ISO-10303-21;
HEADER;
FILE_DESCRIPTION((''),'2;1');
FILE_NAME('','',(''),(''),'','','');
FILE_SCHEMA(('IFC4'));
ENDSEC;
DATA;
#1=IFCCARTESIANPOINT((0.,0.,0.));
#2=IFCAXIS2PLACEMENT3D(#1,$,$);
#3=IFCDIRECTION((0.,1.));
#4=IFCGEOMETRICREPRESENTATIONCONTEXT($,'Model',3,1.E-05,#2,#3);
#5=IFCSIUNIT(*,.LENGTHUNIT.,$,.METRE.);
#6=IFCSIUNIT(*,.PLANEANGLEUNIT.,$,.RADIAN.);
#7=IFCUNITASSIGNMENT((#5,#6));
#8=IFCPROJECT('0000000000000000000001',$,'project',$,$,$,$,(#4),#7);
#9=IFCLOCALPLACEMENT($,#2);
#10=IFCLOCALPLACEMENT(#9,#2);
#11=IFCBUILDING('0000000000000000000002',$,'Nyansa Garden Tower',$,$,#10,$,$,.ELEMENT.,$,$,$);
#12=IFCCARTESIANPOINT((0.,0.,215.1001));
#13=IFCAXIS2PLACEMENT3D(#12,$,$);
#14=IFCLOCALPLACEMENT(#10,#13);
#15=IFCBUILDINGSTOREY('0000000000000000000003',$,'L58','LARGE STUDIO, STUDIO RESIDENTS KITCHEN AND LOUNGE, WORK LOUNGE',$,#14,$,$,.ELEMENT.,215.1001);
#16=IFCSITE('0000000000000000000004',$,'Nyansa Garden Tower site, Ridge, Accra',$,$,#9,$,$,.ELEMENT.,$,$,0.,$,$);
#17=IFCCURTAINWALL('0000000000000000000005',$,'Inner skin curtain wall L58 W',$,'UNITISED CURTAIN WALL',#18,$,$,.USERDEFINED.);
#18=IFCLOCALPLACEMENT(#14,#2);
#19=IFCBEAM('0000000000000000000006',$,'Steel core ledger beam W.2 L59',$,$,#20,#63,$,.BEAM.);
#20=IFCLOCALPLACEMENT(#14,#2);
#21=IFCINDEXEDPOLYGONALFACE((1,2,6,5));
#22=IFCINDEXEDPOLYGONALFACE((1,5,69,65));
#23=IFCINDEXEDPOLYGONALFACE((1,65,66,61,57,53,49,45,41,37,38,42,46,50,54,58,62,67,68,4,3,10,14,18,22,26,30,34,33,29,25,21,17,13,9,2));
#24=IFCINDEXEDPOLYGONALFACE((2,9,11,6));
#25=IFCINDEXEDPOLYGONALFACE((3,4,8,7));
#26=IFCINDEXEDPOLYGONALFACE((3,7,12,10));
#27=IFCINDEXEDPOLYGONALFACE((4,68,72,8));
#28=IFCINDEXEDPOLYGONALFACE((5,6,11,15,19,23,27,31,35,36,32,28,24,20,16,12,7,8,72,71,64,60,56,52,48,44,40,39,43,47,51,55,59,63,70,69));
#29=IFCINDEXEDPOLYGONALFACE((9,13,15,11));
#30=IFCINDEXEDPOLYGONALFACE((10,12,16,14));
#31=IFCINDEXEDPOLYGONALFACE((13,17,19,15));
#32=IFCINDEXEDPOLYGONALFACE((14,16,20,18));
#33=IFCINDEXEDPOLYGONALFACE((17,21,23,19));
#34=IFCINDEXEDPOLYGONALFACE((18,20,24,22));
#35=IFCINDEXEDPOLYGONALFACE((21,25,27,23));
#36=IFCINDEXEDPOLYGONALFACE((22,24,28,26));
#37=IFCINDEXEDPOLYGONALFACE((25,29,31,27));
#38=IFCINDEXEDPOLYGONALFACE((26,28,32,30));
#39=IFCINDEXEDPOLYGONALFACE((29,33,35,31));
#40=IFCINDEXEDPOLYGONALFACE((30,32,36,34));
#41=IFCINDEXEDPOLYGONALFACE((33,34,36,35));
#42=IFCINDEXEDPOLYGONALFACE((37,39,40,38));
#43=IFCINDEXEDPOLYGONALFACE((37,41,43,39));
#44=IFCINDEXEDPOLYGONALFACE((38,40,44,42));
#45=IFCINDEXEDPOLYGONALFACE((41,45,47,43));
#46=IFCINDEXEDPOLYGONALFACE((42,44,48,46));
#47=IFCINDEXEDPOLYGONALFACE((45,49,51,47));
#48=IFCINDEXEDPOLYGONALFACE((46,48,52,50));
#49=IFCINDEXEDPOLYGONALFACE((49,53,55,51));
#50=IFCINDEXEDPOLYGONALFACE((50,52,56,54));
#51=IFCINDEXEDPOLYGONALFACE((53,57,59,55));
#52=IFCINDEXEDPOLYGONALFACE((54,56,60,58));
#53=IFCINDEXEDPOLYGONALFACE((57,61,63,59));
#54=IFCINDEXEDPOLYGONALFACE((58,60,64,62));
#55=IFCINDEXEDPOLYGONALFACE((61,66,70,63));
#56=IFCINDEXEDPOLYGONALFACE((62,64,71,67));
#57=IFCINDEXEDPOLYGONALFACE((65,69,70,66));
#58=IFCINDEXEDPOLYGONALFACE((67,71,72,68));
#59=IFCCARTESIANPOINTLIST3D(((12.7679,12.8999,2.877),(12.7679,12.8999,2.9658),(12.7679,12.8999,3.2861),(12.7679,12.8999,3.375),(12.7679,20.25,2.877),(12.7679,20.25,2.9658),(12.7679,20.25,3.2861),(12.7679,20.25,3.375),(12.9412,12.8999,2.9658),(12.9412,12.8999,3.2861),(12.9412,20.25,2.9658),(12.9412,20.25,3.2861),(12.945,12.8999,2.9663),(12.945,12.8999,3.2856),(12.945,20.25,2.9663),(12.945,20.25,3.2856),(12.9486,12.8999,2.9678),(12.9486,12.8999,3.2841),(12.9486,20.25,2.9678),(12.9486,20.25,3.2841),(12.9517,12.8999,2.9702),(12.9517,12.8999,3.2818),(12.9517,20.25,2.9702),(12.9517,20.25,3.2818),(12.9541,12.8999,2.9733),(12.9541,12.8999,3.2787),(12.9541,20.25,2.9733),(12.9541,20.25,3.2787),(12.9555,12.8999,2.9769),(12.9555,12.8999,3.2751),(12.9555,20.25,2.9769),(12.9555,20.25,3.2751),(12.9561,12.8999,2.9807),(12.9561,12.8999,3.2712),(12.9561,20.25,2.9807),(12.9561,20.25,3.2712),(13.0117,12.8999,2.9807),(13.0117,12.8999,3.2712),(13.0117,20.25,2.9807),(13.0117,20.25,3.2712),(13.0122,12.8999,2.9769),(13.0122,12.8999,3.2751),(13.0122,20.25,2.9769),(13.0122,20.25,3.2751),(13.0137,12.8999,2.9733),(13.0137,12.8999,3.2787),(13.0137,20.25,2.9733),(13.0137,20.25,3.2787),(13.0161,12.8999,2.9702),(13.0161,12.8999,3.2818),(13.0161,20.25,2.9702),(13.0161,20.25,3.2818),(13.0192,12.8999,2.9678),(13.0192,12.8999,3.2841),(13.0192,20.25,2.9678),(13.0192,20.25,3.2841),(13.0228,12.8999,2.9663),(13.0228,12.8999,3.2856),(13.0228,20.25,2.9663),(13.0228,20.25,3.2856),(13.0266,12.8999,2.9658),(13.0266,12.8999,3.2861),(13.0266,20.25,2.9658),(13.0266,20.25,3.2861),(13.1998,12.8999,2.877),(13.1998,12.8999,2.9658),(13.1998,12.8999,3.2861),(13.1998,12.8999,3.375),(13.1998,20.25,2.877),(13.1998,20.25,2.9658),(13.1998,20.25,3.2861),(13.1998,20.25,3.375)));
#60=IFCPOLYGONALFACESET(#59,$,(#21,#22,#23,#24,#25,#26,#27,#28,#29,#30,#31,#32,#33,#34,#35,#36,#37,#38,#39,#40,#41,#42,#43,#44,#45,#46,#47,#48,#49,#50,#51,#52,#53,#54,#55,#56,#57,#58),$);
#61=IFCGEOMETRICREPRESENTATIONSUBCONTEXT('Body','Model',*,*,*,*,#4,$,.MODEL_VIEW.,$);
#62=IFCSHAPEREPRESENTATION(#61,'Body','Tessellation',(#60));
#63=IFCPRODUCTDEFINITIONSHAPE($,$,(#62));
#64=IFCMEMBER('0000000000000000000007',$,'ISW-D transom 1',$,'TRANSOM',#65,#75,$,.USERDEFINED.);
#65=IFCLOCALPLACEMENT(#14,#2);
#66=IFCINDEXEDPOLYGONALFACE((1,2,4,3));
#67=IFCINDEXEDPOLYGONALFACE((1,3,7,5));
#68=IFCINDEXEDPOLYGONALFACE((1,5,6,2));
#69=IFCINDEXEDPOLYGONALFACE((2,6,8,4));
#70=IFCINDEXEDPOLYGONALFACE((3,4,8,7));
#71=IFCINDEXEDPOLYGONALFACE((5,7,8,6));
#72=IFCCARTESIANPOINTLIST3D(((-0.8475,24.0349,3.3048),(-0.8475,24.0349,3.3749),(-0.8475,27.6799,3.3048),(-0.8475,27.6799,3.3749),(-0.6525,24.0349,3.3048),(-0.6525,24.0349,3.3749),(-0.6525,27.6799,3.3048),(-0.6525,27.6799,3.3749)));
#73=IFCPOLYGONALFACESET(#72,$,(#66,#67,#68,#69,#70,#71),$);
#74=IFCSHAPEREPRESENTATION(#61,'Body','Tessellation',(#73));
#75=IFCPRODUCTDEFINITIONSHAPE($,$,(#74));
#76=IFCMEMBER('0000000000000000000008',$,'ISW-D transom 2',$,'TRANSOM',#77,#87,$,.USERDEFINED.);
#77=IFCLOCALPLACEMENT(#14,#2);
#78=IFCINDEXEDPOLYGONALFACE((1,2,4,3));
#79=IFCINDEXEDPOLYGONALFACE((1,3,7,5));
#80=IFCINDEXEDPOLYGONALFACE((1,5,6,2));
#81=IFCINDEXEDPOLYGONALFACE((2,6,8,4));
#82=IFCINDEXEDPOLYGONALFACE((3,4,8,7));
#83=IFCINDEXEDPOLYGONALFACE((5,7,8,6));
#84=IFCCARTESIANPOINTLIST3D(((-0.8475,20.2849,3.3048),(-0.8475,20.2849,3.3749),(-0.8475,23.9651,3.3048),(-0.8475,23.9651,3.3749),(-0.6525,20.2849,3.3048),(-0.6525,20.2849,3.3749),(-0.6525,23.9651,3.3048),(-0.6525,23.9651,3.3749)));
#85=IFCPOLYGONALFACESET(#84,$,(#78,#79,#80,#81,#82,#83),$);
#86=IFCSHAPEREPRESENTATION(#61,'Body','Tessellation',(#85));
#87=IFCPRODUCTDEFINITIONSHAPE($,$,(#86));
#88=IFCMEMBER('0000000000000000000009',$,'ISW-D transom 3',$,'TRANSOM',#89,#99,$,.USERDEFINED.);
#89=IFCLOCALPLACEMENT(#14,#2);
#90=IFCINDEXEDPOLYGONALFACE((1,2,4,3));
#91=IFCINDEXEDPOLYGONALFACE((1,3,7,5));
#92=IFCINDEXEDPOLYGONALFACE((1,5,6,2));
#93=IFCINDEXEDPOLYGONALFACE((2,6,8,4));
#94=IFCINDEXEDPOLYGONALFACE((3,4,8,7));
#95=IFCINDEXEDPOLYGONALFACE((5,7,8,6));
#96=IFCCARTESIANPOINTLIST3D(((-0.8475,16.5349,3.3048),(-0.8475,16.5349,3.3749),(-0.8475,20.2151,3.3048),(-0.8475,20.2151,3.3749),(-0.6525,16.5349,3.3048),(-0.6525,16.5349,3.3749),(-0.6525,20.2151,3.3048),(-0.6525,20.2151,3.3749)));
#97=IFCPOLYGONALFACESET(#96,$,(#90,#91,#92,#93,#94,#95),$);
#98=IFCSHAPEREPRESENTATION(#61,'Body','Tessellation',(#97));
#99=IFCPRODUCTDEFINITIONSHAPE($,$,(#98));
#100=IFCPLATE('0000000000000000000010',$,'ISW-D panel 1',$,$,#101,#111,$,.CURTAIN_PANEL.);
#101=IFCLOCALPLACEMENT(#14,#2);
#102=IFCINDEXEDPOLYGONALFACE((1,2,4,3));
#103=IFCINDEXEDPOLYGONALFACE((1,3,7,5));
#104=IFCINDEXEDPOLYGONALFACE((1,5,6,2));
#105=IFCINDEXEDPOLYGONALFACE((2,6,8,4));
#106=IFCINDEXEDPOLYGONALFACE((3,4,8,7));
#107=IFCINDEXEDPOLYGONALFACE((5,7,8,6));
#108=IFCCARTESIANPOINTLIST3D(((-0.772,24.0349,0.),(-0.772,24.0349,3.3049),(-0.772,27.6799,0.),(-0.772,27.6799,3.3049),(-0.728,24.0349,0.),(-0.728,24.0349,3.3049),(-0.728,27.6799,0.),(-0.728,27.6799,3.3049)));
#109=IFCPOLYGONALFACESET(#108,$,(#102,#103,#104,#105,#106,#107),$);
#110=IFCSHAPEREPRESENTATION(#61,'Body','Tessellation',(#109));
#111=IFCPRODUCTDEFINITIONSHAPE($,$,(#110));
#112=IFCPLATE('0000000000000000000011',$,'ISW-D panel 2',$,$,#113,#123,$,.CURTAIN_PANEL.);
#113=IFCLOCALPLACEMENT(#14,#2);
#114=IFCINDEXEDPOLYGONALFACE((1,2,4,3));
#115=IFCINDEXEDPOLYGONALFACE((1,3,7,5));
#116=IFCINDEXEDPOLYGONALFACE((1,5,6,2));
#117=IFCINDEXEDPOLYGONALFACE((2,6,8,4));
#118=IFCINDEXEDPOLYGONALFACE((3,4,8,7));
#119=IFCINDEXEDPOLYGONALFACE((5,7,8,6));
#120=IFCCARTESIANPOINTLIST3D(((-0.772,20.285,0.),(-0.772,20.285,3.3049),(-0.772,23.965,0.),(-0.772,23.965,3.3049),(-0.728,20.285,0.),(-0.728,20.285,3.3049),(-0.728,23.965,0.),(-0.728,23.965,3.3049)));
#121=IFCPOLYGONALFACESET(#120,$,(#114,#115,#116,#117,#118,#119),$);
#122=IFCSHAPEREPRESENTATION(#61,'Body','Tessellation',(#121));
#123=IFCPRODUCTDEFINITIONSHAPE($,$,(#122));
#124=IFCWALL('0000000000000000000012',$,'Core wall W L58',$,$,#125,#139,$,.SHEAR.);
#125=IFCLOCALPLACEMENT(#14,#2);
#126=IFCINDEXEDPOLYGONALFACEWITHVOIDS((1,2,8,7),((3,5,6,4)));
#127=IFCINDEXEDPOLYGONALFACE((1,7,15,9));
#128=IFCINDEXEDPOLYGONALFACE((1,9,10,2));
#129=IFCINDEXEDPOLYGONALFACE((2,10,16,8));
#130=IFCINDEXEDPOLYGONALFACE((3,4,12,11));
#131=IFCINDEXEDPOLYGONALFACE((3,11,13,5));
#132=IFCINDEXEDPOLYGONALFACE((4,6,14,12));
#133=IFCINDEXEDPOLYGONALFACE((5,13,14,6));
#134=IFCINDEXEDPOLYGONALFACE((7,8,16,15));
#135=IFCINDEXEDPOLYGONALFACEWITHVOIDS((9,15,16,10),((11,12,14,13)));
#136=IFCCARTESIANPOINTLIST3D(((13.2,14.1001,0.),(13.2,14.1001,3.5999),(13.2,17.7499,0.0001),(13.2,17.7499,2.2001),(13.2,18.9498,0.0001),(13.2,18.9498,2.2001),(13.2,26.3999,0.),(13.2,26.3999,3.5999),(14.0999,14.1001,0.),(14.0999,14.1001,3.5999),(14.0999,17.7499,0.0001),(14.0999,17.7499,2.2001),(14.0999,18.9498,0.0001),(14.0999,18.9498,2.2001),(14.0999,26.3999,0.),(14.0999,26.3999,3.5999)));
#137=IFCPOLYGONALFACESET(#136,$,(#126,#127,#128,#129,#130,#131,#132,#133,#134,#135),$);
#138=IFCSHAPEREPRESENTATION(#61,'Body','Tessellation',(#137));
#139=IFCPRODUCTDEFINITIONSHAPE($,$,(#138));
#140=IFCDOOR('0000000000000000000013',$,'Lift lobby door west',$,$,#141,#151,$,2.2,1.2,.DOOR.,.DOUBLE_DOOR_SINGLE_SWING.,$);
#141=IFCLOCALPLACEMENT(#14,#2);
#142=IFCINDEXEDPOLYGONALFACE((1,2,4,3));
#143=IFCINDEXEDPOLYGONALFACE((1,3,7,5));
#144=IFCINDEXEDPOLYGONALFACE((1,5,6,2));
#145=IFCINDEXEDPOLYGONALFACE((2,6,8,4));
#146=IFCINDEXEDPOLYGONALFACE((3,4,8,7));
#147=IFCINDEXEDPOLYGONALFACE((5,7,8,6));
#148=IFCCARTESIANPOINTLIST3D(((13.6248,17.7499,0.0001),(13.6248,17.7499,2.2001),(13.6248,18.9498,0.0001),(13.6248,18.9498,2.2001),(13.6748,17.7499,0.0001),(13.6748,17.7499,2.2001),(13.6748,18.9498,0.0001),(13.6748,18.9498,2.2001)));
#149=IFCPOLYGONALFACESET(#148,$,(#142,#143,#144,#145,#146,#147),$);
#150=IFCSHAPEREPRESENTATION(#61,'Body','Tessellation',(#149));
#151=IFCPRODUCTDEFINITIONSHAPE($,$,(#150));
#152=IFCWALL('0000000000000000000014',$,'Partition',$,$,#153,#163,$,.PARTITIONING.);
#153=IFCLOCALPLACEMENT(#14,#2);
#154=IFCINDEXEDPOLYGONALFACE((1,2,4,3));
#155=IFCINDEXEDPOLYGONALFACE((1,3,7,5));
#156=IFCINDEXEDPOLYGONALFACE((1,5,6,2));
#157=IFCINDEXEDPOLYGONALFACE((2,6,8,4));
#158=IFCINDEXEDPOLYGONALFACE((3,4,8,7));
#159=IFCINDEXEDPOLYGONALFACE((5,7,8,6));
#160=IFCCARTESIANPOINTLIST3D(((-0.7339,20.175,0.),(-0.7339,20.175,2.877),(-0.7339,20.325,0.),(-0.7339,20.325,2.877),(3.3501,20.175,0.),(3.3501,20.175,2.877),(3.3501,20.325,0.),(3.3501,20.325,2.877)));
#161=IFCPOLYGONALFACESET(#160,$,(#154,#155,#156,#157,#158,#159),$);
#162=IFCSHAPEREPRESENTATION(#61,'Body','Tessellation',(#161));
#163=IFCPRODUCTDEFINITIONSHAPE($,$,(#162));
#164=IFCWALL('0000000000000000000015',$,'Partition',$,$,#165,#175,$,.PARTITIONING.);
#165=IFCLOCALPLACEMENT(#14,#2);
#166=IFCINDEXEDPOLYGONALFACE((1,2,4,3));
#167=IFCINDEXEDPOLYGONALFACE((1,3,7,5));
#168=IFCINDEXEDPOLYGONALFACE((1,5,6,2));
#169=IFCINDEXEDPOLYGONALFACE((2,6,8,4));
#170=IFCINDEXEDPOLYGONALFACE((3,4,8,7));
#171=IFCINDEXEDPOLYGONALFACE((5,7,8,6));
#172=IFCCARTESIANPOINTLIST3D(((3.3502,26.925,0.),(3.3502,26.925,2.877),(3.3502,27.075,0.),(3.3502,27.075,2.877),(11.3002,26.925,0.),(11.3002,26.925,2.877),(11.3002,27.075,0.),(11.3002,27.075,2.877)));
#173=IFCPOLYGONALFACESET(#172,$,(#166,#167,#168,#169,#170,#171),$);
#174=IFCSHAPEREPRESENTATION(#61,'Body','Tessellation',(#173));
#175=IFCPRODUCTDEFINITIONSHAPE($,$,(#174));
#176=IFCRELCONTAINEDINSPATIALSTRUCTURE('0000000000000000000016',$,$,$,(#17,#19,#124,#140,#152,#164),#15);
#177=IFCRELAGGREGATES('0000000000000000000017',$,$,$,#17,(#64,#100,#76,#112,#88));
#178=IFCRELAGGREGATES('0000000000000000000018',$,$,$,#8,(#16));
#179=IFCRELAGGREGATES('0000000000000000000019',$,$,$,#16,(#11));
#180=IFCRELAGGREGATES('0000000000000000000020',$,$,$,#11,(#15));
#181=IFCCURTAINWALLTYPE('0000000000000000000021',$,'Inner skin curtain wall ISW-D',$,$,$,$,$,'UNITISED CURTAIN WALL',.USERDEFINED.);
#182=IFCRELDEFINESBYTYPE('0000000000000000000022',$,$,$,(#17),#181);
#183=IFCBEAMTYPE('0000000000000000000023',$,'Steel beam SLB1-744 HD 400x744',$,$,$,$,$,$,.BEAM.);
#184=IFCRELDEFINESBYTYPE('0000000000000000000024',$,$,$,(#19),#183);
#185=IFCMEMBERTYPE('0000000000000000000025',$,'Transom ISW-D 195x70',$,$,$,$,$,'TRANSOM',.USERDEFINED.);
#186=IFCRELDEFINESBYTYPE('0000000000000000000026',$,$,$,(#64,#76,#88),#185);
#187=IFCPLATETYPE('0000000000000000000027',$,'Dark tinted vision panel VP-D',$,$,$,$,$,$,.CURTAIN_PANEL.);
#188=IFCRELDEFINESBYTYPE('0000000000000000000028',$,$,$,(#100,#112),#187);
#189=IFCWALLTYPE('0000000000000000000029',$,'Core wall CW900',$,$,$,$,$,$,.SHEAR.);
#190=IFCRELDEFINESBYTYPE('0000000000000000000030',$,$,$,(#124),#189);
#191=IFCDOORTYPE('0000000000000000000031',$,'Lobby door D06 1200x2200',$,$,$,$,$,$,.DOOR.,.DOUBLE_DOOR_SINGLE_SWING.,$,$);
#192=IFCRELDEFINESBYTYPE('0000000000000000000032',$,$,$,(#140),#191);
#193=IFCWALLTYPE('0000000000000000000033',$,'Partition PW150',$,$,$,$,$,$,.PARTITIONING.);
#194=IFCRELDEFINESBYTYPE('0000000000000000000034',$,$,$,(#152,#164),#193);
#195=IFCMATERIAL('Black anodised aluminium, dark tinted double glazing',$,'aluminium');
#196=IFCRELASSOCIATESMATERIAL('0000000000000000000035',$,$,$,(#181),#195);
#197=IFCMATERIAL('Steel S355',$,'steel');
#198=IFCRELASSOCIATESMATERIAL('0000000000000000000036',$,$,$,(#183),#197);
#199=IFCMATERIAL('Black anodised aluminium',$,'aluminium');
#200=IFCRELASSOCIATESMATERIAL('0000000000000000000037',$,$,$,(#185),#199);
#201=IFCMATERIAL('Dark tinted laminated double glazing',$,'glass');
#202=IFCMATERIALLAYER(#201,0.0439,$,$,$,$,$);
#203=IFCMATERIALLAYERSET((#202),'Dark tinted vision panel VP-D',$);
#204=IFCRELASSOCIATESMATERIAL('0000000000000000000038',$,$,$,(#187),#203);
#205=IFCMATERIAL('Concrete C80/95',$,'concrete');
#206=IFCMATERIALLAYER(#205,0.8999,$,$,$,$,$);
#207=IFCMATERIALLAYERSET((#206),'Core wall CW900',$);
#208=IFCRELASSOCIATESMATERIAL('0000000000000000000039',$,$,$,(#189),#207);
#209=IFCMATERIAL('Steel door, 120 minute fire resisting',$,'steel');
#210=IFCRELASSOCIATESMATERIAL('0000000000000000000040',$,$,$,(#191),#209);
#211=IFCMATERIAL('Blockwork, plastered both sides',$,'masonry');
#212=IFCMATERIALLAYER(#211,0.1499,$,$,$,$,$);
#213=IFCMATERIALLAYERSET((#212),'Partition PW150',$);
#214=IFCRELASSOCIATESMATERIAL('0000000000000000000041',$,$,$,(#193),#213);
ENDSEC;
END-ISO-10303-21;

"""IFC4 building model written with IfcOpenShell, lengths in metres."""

from ifc_helpers import new_model, si_unit, direction, frame, frame_2d, origin, origin_2d, place, context, subcontext, project, spatial, rectangle, i_section, extrude, material, layer, layer_set, material_profile, profile_set, type_object, element, fill, aggregate, save


model = new_model("IFC4")

# Units and contexts
model_context = context("Model", 3, precision=1e-05, world=origin(), true_north=direction((0.0, 1.0)))
body_context = subcontext(model_context, "Body", "Model", "MODEL_VIEW")
ifc_project = project(units=[si_unit("LENGTHUNIT", "METRE"), si_unit("PLANEANGLEUNIT", "RADIAN")], contexts=[model_context])

# Site, building, storey
site_placement = place(None, origin())
site = spatial("IfcSite", under=ifc_project, at=site_placement, Name="Nyansa Garden Tower site, Ridge, Accra", CompositionType="ELEMENT", RefElevation=0.0)
building_placement = place(site_placement, origin())
building = spatial("IfcBuilding", under=site, at=building_placement, Name="Nyansa Garden Tower", CompositionType="ELEMENT")
storey_placement = place(building_placement, frame((0.0, 0.0, 215.1001)))
storey = spatial("IfcBuildingStorey", under=building, at=storey_placement, Name="L58", Description="LARGE STUDIO, STUDIO RESIDENTS KITCHEN AND LOUNGE, WORK LOUNGE", CompositionType="ELEMENT", Elevation=215.1001)

# Curtain wall
ifc_material_1 = material(Name="Black anodised aluminium, dark tinted double glazing", Category="aluminium")
curtain_wall_type = type_object("IfcCurtainWallType", Name="Inner skin curtain wall ISW-D", ElementType="UNITISED CURTAIN WALL", PredefinedType="USERDEFINED", material=ifc_material_1)
curtain_wall_placement = place(storey_placement, origin())
curtain_wall = element("IfcCurtainWall", 1, at=curtain_wall_placement, inside=storey, type_object=curtain_wall_type, Name="Inner skin curtain wall L58 W", ObjectType="UNITISED CURTAIN WALL", PredefinedType="USERDEFINED")

# Beam
ifc_material_2 = material(Name="Steel S355", Category="steel")
ifc_material_profile_1 = material_profile(ifc_material_2, i_section(OverallWidth=0.4319, OverallDepth=0.498, WebThickness=0.0557, FlangeThickness=0.0889, FilletRadius=0.0149, at=origin_2d()), Name="HD 400x744")
ifc_profile_set_1 = profile_set([ifc_material_profile_1], Name="Steel S355")
beam_type_1 = type_object("IfcBeamType", Name="Steel beam SLB1-744 HD 400x744", PredefinedType="BEAM", material=ifc_profile_set_1)
for number, where, z_axis, x_axis, name in (
    (2, (12.9839, 20.25, 3.126), (0.0, -1.0, 0.0), (1.0, 0.0, 0.0), "Steel core ledger beam W.2 L59"),
):
    element("IfcBeam", number, at=place(storey_placement, frame(where, z_axis=z_axis, x_axis=x_axis)), inside=storey, type_object=beam_type_1, Name=name, PredefinedType="BEAM", context=body_context, shape_type="SweptSolid", body=[
        extrude(i_section(OverallWidth=0.4319, OverallDepth=0.498, WebThickness=0.0557, FlangeThickness=0.0889, FilletRadius=0.0149, at=origin_2d()), origin(), (0.0, 0.0, 1.0), 7.3501),
    ])

# Members
ifc_material_3 = material(Name="Black anodised aluminium", Category="aluminium")
ifc_material_profile_2 = material_profile(ifc_material_3, rectangle(XDim=0.1951, YDim=0.0701, at=origin_2d()), Name="Transom 195x70")
ifc_profile_set_2 = profile_set([ifc_material_profile_2], Name="Black anodised aluminium")
member_type_1 = type_object("IfcMemberType", Name="Transom ISW-D 195x70", ElementType="TRANSOM", PredefinedType="USERDEFINED", material=ifc_profile_set_2)
member_1_placement = place(storey_placement, frame((-0.75, 27.6799, 3.3398), z_axis=(0.0, -1.0, 0.0), x_axis=(1.0, 0.0, 0.0)))
member_1 = element("IfcMember", 3, at=member_1_placement, type_object=member_type_1, Name="ISW-D transom 1", ObjectType="TRANSOM", PredefinedType="USERDEFINED", context=body_context, shape_type="SweptSolid", body=[
    extrude(rectangle(XDim=0.1951, YDim=0.0701, at=origin_2d()), origin(), (0.0, 0.0, 1.0), 3.645),
])
member_2_placement = place(storey_placement, frame((-0.75, 23.9651, 3.3398), z_axis=(0.0, -1.0, 0.0), x_axis=(1.0, 0.0, 0.0)))
member_2 = element("IfcMember", 4, at=member_2_placement, type_object=member_type_1, Name="ISW-D transom 2", ObjectType="TRANSOM", PredefinedType="USERDEFINED", context=body_context, shape_type="SweptSolid", body=[
    extrude(rectangle(XDim=0.1951, YDim=0.0701, at=origin_2d()), origin(), (0.0, 0.0, 1.0), 3.6802),
])
member_3_placement = place(storey_placement, frame((-0.75, 20.2151, 3.3398), z_axis=(0.0, -1.0, 0.0), x_axis=(1.0, 0.0, 0.0)))
member_3 = element("IfcMember", 5, at=member_3_placement, type_object=member_type_1, Name="ISW-D transom 3", ObjectType="TRANSOM", PredefinedType="USERDEFINED", context=body_context, shape_type="SweptSolid", body=[
    extrude(rectangle(XDim=0.1951, YDim=0.0701, at=origin_2d()), origin(), (0.0, 0.0, 1.0), 3.6802),
])

# Plates
ifc_material_4 = material(Name="Dark tinted laminated double glazing", Category="glass")
ifc_layer_1 = layer(ifc_material_4, 0.0439)
ifc_layer_set_1 = layer_set([ifc_layer_1], Name="Dark tinted vision panel VP-D")
plate_type = type_object("IfcPlateType", Name="Dark tinted vision panel VP-D", PredefinedType="CURTAIN_PANEL", material=ifc_layer_set_1)
plate_1_placement = place(storey_placement, frame((-0.75, 25.8574, 0.0), z_axis=(0.0, 0.0, 1.0), x_axis=(0.0, -1.0, 0.0)))
plate_1 = element("IfcPlate", 6, at=plate_1_placement, type_object=plate_type, Name="ISW-D panel 1", PredefinedType="CURTAIN_PANEL", context=body_context, shape_type="SweptSolid", body=[
    extrude(rectangle(XDim=3.645, YDim=0.0439, at=origin_2d()), origin(), (0.0, 0.0, 1.0), 3.3049),
])
plate_2_placement = place(storey_placement, frame((-0.75, 22.125, 0.0), z_axis=(0.0, 0.0, 1.0), x_axis=(0.0, -1.0, 0.0)))
plate_2 = element("IfcPlate", 7, at=plate_2_placement, type_object=plate_type, Name="ISW-D panel 2", PredefinedType="CURTAIN_PANEL", context=body_context, shape_type="SweptSolid", body=[
    extrude(rectangle(XDim=3.6799, YDim=0.0439, at=origin_2d()), origin(), (0.0, 0.0, 1.0), 3.3049),
])
aggregate(curtain_wall, [member_1, plate_1, member_2, plate_2, member_3])

# Wall, opening, door
ifc_material_5 = material(Name="Concrete C80/95", Category="concrete")
ifc_layer_2 = layer(ifc_material_5, 0.8999)
ifc_layer_set_2 = layer_set([ifc_layer_2], Name="Core wall CW900")
wall_type_1 = type_object("IfcWallType", Name="Core wall CW900", PredefinedType="SHEAR", material=ifc_layer_set_2)
wall_1_placement = place(storey_placement, frame((13.6499, 26.3999, 0.0), z_axis=(0.0, 0.0, 1.0), x_axis=(0.0, -1.0, 0.0)))
wall_1 = element("IfcWall", 8, at=wall_1_placement, inside=storey, type_object=wall_type_1, Name="Core wall W L58", PredefinedType="SHEAR", context=body_context, shape_type="SweptSolid", body=[
    extrude(rectangle(XDim=12.2998, YDim=0.8999, at=frame_2d((6.1499, 0.0))), origin(), (0.0, 0.0, 1.0), 3.5999),
])
opening_1_placement = place(wall_1_placement, frame((7.45, 0.0, 0.0)))
opening_1 = element("IfcOpeningElement", 9, at=opening_1_placement, cuts=wall_1, PredefinedType="OPENING", context=body_context, shape_type="SweptSolid", body=[
    extrude(rectangle(XDim=1.2, YDim=2.2, at=frame_2d((0.6001, 1.1001))), frame((0.0, 0.46, 0.0), z_axis=(0.0, -1.0, 0.0), x_axis=(1.0, 0.0, 0.0)), (0.0, 0.0, 1.0), 0.9199),
])
ifc_material_6 = material(Name="Steel door, 120 minute fire resisting", Category="steel")
door_type_1 = type_object("IfcDoorType", Name="Lobby door D06 1200x2200", OperationType="DOUBLE_DOOR_SINGLE_SWING", PredefinedType="DOOR", material=ifc_material_6)
door_1_placement = place(opening_1_placement, origin())
door_1 = element("IfcDoor", 10, at=door_1_placement, inside=storey, type_object=door_type_1, Name="Lift lobby door west", OperationType="DOUBLE_DOOR_SINGLE_SWING", OverallHeight=2.2, OverallWidth=1.2, PredefinedType="DOOR", context=body_context, shape_type="SweptSolid", body=[
    extrude(rectangle(XDim=1.2, YDim=2.2, at=frame_2d((0.6001, 1.1001))), frame((0.0, 0.0249, 0.0), z_axis=(0.0, -1.0, 0.0), x_axis=(1.0, 0.0, 0.0)), (0.0, 0.0, 1.0), 0.05),
])
fill(opening_1, door_1)

# Walls
ifc_material_7 = material(Name="Blockwork, plastered both sides", Category="masonry")
ifc_layer_3 = layer(ifc_material_7, 0.1499)
ifc_layer_set_3 = layer_set([ifc_layer_3], Name="Partition PW150")
wall_type_2 = type_object("IfcWallType", Name="Partition PW150", PredefinedType="PARTITIONING", material=ifc_layer_set_3)
wall_2_placement = place(storey_placement, frame((-0.7339, 20.25, 0.0), z_axis=(0.0, 0.0, 1.0), x_axis=(1.0, 0.0, 0.0)))
element("IfcWall", 11, at=wall_2_placement, inside=storey, type_object=wall_type_2, Name="Partition", PredefinedType="PARTITIONING", context=body_context, shape_type="SweptSolid", body=[
    extrude(rectangle(XDim=4.084, YDim=0.1499, at=frame_2d((2.042, 0.0))), origin(), (0.0, 0.0, 1.0), 2.877),
])
wall_3_placement = place(storey_placement, frame((3.3501, 27.0, 0.0), z_axis=(0.0, 0.0, 1.0), x_axis=(1.0, 0.0, 0.0)))
element("IfcWall", 12, at=wall_3_placement, inside=storey, type_object=wall_type_2, Name="Partition", PredefinedType="PARTITIONING", context=body_context, shape_type="SweptSolid", body=[
    extrude(rectangle(XDim=7.95, YDim=0.1499, at=frame_2d((3.9751, 0.0))), origin(), (0.0, 0.0, 1.0), 2.877),
])

save(model, "model.ifc")
